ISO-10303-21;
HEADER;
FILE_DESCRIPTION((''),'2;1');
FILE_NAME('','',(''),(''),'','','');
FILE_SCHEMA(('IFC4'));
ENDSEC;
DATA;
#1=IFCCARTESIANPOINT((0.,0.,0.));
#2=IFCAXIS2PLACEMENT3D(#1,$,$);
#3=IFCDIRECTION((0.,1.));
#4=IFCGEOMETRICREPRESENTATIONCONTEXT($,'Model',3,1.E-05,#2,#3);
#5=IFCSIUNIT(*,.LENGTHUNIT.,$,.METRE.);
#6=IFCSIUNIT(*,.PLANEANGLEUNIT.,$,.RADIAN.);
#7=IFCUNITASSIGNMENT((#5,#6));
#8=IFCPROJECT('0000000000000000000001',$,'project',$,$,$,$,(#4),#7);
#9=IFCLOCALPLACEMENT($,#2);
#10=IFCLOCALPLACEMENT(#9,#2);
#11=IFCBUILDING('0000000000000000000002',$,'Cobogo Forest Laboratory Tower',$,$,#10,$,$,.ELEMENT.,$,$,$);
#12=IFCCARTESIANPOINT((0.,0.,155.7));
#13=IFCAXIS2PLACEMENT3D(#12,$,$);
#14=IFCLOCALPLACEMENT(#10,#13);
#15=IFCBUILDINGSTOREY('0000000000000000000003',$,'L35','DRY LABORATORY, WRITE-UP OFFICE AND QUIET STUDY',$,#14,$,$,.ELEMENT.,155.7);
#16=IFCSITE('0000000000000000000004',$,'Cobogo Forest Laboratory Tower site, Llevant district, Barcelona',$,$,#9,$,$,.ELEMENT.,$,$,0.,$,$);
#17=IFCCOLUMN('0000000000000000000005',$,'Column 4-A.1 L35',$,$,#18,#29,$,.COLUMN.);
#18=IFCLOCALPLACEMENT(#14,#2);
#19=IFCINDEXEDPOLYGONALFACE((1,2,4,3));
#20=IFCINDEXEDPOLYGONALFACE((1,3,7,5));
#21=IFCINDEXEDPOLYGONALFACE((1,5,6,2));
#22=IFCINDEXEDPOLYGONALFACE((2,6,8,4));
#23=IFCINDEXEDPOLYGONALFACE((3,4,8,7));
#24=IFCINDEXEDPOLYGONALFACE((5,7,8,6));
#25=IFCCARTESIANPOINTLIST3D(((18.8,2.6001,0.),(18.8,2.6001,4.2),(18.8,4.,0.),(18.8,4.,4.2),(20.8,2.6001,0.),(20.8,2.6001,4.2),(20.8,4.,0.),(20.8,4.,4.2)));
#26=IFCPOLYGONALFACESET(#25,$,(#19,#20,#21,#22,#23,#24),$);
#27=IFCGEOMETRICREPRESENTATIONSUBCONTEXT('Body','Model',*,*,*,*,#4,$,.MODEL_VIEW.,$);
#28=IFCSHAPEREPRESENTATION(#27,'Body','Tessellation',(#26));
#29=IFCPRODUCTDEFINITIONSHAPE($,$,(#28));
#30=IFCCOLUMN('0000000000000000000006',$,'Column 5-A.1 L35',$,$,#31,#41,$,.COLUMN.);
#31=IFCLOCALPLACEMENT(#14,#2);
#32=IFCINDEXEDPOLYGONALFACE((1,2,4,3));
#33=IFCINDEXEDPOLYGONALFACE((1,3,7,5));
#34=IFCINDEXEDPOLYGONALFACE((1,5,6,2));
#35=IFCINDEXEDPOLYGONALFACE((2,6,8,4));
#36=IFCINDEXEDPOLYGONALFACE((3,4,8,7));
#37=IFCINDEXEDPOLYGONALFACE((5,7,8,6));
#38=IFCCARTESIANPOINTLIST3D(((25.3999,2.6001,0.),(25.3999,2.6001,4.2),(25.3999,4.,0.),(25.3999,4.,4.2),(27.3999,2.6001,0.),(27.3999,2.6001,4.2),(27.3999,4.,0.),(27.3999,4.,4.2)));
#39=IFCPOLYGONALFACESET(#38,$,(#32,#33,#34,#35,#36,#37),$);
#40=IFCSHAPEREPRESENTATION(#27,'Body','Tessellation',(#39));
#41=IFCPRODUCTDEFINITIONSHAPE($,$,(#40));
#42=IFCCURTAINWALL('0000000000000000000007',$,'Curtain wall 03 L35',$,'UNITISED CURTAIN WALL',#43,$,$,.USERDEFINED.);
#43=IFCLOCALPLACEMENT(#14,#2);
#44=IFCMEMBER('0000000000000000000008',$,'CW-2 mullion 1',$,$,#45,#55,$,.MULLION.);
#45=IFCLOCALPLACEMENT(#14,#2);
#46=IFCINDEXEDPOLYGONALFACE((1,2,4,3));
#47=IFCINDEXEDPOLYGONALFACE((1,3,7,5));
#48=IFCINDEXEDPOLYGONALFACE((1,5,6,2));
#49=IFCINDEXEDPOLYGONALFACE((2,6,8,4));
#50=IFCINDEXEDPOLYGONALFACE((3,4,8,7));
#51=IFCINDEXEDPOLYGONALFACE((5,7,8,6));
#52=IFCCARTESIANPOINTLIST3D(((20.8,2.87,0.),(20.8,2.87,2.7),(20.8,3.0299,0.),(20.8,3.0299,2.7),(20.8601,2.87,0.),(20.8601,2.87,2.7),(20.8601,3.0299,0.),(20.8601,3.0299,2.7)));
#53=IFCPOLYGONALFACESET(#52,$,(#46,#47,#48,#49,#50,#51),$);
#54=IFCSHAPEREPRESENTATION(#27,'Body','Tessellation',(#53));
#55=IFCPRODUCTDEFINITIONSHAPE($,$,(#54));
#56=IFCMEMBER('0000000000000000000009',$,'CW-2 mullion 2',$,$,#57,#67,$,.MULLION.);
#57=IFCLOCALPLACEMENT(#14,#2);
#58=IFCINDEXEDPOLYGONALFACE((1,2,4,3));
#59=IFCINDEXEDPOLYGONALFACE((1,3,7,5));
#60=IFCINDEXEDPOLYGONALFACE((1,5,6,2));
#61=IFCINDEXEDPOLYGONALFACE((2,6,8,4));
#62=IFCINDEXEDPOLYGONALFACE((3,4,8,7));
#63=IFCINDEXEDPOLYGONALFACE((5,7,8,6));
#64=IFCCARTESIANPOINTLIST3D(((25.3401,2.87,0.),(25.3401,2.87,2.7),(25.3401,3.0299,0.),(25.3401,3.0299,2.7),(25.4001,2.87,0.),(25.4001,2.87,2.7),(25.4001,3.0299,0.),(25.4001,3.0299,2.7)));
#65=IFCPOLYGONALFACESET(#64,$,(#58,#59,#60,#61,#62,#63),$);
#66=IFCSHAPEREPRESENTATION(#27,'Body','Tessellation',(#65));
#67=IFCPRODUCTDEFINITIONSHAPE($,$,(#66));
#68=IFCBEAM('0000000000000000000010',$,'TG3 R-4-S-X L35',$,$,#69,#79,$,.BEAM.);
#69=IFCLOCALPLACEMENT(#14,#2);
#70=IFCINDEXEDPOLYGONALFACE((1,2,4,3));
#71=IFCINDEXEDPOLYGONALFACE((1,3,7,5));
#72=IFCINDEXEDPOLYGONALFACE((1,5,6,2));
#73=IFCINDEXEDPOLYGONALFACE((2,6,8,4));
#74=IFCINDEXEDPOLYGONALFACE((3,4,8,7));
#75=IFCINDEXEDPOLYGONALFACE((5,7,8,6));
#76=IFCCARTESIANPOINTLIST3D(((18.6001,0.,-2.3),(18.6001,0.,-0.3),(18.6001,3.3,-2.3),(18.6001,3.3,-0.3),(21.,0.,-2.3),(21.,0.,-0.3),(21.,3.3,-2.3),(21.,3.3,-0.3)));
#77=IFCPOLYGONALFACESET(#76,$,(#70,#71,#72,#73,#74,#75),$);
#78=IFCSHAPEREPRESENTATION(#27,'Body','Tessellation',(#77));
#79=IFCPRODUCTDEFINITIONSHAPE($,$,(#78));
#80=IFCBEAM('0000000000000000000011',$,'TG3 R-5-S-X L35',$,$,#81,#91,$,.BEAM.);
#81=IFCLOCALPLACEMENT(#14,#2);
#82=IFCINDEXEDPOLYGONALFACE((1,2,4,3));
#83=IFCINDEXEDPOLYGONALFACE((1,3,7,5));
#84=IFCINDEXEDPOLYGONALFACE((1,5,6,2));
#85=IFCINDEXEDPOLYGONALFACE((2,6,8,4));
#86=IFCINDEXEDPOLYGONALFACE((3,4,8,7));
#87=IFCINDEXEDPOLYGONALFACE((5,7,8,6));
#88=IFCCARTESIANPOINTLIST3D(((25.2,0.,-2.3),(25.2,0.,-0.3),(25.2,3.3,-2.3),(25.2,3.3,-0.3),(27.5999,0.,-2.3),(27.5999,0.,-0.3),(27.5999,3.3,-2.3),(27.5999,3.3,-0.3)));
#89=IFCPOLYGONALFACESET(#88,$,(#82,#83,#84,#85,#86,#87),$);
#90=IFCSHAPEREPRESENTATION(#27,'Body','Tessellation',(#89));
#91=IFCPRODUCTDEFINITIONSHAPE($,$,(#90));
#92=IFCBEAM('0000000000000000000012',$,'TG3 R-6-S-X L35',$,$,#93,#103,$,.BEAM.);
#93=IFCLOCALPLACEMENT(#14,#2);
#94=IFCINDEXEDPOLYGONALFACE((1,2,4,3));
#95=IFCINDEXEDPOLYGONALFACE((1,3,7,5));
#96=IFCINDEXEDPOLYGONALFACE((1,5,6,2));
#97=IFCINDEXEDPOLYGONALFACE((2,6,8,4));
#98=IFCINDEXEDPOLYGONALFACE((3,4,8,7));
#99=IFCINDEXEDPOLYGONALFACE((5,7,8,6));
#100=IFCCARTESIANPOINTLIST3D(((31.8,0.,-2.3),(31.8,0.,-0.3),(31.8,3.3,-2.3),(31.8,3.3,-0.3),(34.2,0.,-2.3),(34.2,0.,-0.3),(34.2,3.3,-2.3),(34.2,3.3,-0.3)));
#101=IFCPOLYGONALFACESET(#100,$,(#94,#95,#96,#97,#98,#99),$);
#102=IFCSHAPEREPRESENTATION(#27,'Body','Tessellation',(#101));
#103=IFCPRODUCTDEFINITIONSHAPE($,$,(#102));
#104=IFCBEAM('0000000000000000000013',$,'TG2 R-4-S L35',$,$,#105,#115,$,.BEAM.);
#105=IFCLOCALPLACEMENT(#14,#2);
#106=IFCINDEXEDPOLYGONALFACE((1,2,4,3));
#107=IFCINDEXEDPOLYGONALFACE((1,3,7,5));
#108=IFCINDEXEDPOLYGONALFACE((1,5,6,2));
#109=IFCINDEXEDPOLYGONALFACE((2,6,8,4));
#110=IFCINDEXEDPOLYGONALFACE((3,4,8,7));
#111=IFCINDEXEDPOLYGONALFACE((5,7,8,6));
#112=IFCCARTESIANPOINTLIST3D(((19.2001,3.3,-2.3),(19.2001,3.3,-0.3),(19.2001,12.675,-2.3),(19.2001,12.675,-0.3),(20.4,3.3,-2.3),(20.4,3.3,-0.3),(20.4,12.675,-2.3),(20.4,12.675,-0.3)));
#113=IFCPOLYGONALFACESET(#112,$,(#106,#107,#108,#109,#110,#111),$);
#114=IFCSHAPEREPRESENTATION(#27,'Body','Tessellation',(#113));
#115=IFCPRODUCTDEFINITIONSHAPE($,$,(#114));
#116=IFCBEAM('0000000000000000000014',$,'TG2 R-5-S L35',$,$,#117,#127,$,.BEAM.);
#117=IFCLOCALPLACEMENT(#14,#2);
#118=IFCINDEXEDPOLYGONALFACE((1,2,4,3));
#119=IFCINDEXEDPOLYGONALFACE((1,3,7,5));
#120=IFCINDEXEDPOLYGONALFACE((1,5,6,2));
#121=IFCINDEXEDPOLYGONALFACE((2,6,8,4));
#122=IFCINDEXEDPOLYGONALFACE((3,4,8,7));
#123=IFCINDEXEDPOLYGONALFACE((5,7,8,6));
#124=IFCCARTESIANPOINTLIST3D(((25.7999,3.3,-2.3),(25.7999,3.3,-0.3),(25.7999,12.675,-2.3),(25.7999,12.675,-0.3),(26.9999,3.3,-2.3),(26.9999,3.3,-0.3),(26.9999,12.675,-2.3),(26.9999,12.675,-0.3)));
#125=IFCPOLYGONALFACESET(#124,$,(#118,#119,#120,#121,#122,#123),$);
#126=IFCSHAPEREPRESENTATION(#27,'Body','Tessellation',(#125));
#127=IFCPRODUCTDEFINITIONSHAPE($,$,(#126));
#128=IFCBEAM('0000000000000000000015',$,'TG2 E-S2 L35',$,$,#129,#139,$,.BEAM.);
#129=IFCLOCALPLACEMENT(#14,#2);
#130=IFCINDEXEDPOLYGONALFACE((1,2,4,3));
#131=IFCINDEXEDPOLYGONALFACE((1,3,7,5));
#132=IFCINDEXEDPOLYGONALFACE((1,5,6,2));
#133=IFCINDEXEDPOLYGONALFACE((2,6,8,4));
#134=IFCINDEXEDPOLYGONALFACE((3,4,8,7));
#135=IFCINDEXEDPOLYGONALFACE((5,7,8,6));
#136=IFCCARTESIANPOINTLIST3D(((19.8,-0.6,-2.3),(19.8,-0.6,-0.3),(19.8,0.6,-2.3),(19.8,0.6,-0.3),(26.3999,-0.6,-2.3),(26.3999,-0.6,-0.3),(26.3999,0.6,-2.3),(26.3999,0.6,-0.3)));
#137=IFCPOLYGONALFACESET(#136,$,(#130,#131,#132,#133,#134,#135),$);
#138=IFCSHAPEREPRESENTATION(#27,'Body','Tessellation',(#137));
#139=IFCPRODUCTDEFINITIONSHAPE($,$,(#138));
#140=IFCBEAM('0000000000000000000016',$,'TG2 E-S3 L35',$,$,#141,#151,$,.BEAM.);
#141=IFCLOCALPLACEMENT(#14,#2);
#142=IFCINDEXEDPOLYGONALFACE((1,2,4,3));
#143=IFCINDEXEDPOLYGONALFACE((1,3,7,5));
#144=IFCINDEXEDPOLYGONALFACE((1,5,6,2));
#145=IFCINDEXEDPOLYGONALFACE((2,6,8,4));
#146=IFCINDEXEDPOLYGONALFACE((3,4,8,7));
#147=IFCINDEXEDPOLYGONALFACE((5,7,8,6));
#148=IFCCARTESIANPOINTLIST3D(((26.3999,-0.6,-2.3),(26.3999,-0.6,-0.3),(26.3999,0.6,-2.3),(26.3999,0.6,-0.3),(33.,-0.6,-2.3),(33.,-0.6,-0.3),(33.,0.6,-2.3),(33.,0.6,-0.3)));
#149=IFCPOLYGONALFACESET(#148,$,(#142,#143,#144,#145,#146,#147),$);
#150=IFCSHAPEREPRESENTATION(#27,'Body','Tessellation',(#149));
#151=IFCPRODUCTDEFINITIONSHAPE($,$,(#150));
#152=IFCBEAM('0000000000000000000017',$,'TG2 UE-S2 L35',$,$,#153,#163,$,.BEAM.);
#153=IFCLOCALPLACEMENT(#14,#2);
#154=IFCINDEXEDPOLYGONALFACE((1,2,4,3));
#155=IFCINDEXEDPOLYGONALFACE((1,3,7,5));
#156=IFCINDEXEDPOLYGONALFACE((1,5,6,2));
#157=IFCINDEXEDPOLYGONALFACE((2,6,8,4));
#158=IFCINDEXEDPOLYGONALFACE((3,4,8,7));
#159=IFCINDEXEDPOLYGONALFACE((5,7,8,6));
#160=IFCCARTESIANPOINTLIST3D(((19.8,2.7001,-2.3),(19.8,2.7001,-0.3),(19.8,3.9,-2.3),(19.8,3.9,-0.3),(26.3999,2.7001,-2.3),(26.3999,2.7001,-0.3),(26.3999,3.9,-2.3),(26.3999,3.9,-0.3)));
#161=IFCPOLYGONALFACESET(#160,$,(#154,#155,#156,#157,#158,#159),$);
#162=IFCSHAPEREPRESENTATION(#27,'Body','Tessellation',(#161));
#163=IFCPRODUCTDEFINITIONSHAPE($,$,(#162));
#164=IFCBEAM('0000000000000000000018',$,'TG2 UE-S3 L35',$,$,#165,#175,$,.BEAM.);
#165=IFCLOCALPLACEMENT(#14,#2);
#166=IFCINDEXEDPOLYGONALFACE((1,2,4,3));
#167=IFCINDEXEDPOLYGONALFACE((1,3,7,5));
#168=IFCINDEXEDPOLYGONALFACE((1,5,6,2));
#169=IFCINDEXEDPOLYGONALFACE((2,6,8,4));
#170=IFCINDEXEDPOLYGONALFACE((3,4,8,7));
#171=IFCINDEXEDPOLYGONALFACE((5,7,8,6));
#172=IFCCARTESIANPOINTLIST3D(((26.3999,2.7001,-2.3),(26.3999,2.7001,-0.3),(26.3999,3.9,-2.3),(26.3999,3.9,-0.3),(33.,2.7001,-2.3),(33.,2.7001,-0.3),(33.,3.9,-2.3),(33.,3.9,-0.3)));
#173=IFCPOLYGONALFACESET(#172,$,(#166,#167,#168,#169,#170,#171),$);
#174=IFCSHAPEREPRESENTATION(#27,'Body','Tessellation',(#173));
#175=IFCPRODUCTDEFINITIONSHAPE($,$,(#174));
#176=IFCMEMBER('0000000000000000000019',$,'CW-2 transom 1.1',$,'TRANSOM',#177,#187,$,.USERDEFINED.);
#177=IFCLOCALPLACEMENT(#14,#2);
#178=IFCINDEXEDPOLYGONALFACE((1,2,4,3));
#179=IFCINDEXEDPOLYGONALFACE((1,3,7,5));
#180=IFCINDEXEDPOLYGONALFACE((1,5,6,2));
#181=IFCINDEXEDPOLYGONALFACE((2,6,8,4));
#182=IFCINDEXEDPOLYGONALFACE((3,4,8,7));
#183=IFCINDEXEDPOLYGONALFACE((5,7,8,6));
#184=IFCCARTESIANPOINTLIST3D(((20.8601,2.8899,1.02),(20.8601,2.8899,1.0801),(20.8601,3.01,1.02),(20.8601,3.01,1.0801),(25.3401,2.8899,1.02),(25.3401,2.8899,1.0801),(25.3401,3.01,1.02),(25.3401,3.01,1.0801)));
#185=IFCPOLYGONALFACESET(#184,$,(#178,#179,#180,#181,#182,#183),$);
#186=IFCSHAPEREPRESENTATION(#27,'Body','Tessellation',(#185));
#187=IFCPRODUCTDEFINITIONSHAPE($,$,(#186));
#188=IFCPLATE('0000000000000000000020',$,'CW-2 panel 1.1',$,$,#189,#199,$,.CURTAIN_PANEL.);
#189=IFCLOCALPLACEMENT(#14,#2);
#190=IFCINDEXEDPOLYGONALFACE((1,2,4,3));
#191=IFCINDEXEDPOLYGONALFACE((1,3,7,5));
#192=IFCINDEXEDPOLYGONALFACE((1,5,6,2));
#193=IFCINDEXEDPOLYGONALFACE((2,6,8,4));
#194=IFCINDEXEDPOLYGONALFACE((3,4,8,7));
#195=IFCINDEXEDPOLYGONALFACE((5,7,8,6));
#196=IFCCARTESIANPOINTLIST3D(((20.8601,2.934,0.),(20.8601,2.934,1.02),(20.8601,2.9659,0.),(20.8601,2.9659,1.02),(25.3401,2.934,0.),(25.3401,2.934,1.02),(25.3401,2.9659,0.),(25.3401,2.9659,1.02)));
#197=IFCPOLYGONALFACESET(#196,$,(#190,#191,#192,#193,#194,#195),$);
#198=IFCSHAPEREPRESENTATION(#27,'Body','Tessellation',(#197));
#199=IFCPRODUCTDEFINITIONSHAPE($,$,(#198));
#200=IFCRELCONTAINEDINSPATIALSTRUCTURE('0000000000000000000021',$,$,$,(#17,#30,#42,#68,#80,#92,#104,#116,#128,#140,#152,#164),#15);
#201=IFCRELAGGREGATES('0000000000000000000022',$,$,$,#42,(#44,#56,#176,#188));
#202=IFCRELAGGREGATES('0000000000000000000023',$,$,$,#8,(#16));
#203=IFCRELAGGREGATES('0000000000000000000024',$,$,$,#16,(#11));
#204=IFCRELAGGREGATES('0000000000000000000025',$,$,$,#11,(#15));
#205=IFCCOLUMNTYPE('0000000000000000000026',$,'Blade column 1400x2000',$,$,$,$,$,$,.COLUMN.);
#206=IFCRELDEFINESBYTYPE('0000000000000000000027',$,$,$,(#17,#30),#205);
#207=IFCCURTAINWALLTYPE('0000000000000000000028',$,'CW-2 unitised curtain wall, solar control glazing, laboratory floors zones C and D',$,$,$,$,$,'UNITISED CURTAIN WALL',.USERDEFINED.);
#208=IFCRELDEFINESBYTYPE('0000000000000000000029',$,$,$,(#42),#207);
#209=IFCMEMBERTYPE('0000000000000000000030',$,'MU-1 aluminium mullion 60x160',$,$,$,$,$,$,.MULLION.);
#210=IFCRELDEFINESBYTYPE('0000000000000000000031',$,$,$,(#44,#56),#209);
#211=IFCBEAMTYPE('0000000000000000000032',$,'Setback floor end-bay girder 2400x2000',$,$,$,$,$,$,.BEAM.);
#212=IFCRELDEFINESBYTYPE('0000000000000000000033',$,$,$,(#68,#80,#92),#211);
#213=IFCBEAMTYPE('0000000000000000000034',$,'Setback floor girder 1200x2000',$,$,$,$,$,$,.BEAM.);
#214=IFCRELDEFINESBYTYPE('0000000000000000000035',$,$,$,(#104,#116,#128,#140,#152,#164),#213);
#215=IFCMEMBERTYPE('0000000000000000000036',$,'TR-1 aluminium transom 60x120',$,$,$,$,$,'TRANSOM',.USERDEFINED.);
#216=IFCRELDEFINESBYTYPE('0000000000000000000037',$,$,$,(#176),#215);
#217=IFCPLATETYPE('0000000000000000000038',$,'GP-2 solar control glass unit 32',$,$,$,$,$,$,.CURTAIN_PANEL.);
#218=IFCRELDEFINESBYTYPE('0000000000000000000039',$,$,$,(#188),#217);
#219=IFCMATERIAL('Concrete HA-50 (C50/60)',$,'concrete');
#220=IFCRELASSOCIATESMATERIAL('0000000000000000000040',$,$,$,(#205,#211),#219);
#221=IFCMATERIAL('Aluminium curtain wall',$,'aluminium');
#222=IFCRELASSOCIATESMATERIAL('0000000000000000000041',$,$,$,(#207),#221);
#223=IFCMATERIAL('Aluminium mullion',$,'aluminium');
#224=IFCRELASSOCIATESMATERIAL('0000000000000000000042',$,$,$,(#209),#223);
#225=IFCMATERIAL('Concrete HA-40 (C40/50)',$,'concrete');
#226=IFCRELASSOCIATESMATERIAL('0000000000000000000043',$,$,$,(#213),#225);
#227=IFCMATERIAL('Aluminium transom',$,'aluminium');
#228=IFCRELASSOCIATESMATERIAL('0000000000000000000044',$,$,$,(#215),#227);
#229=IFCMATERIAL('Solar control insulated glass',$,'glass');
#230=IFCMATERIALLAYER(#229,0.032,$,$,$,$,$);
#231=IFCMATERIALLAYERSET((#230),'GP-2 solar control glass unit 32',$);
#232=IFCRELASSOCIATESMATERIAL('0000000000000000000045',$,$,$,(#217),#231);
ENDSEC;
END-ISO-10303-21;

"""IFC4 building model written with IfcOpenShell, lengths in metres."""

from ifc_helpers import new_model, si_unit, direction, frame, origin, origin_2d, place, context, subcontext, project, spatial, rectangle, extrude, material, layer, layer_set, material_profile, profile_set, type_object, element, aggregate, save


model = new_model("IFC4")

# Units and contexts
model_context = context("Model", 3, precision=1e-05, world=origin(), true_north=direction((0.0, 1.0)))
body_context = subcontext(model_context, "Body", "Model", "MODEL_VIEW")
ifc_project = project(units=[si_unit("LENGTHUNIT", "METRE"), si_unit("PLANEANGLEUNIT", "RADIAN")], contexts=[model_context])

# Site, building, storey
site_placement = place(None, origin())
site = spatial("IfcSite", under=ifc_project, at=site_placement, Name="Cobogo Forest Laboratory Tower site, Llevant district, Barcelona", CompositionType="ELEMENT", RefElevation=0.0)
building_placement = place(site_placement, origin())
building = spatial("IfcBuilding", under=site, at=building_placement, Name="Cobogo Forest Laboratory Tower", CompositionType="ELEMENT")
storey_placement = place(building_placement, frame((0.0, 0.0, 155.7)))
storey = spatial("IfcBuildingStorey", under=building, at=storey_placement, Name="L35", Description="DRY LABORATORY, WRITE-UP OFFICE AND QUIET STUDY", CompositionType="ELEMENT", Elevation=155.7)

# Columns
ifc_material_1 = material(Name="Concrete HA-50 (C50/60)", Category="concrete")
ifc_material_profile_1 = material_profile(ifc_material_1, rectangle(XDim=2.0, YDim=1.3999, at=origin_2d()), Name="RC 1400x2000")
ifc_profile_set_1 = profile_set([ifc_material_profile_1], Name="Concrete HA-50 (C50/60)")
column_type = type_object("IfcColumnType", Name="Blade column 1400x2000", PredefinedType="COLUMN", material=ifc_profile_set_1)
for number, where, z_axis, x_axis, name in (
    (1, (19.8, 3.3, 0.0), (0.0, 0.0, 1.0), (1.0, 0.0, 0.0), "Column 4-A.1 L35"),
    (2, (26.3999, 3.3, 0.0), (0.0, 0.0, 1.0), (1.0, 0.0, 0.0), "Column 5-A.1 L35"),
):
    element("IfcColumn", number, at=place(storey_placement, frame(where, z_axis=z_axis, x_axis=x_axis)), inside=storey, type_object=column_type, Name=name, PredefinedType="COLUMN", context=body_context, shape_type="SweptSolid", body=[
        extrude(rectangle(XDim=2.0, YDim=1.3999, at=origin_2d()), origin(), (0.0, 0.0, 1.0), 4.2),
    ])

# Curtain wall, members
ifc_material_2 = material(Name="Aluminium curtain wall", Category="aluminium")
curtain_wall_type = type_object("IfcCurtainWallType", Name="CW-2 unitised curtain wall, solar control glazing, laboratory floors zones C and D", ElementType="UNITISED CURTAIN WALL", PredefinedType="USERDEFINED", material=ifc_material_2)
curtain_wall_placement = place(storey_placement, origin())
curtain_wall = element("IfcCurtainWall", 3, at=curtain_wall_placement, inside=storey, type_object=curtain_wall_type, Name="Curtain wall 03 L35", ObjectType="UNITISED CURTAIN WALL", PredefinedType="USERDEFINED")
ifc_material_3 = material(Name="Aluminium mullion", Category="aluminium")
ifc_material_profile_2 = material_profile(ifc_material_3, rectangle(XDim=0.0601, YDim=0.1599, at=origin_2d()), Name="AL 60x160")
ifc_profile_set_2 = profile_set([ifc_material_profile_2], Name="Aluminium mullion")
member_type_1 = type_object("IfcMemberType", Name="MU-1 aluminium mullion 60x160", PredefinedType="MULLION", material=ifc_profile_set_2)
member_1_placement = place(storey_placement, frame((20.8301, 2.95, 0.0), z_axis=(0.0, 0.0, 1.0), x_axis=(1.0, 0.0, 0.0)))
member_1 = element("IfcMember", 4, at=member_1_placement, type_object=member_type_1, Name="CW-2 mullion 1", PredefinedType="MULLION", context=body_context, shape_type="SweptSolid", body=[
    extrude(rectangle(XDim=0.0601, YDim=0.1599, at=origin_2d()), origin(), (0.0, 0.0, 1.0), 2.7),
])
member_2_placement = place(storey_placement, frame((25.3701, 2.95, 0.0), z_axis=(0.0, 0.0, 1.0), x_axis=(1.0, 0.0, 0.0)))
member_2 = element("IfcMember", 5, at=member_2_placement, type_object=member_type_1, Name="CW-2 mullion 2", PredefinedType="MULLION", context=body_context, shape_type="SweptSolid", body=[
    extrude(rectangle(XDim=0.0601, YDim=0.1599, at=origin_2d()), origin(), (0.0, 0.0, 1.0), 2.7),
])

# Beams
ifc_material_profile_3 = material_profile(ifc_material_1, rectangle(XDim=2.3999, YDim=2.0, at=origin_2d()), Name="RC 2400x2000")
ifc_profile_set_3 = profile_set([ifc_material_profile_3], Name="Concrete HA-50 (C50/60)")
beam_type_1 = type_object("IfcBeamType", Name="Setback floor end-bay girder 2400x2000", PredefinedType="BEAM", material=ifc_profile_set_3)
for number, where, z_axis, x_axis, name in (
    (6, (19.8, 0.0, -1.3), (0.0, 1.0, 0.0), (-1.0, 0.0, 0.0), "TG3 R-4-S-X L35"),
    (7, (26.3999, 0.0, -1.3), (0.0, 1.0, 0.0), (-1.0, 0.0, 0.0), "TG3 R-5-S-X L35"),
    (8, (33.0, 0.0, -1.3), (0.0, 1.0, 0.0), (-1.0, 0.0, 0.0), "TG3 R-6-S-X L35"),
):
    element("IfcBeam", number, at=place(storey_placement, frame(where, z_axis=z_axis, x_axis=x_axis)), inside=storey, type_object=beam_type_1, Name=name, PredefinedType="BEAM", context=body_context, shape_type="SweptSolid", body=[
        extrude(rectangle(XDim=2.3999, YDim=2.0, at=origin_2d()), origin(), (0.0, 0.0, 1.0), 3.3),
    ])
ifc_material_4 = material(Name="Concrete HA-40 (C40/50)", Category="concrete")
ifc_material_profile_4 = material_profile(ifc_material_4, rectangle(XDim=1.2, YDim=2.0, at=origin_2d()), Name="RC 1200x2000")
ifc_profile_set_4 = profile_set([ifc_material_profile_4], Name="Concrete HA-40 (C40/50)")
beam_type_2 = type_object("IfcBeamType", Name="Setback floor girder 1200x2000", PredefinedType="BEAM", material=ifc_profile_set_4)
for number, where, z_axis, x_axis, name in (
    (9, (19.8, 12.675, -1.3), (0.0, -1.0, 0.0), (1.0, 0.0, 0.0), "TG2 R-4-S L35"),
    (10, (26.3999, 12.675, -1.3), (0.0, -1.0, 0.0), (1.0, 0.0, 0.0), "TG2 R-5-S L35"),
):
    element("IfcBeam", number, at=place(storey_placement, frame(where, z_axis=z_axis, x_axis=x_axis)), inside=storey, type_object=beam_type_2, Name=name, PredefinedType="BEAM", context=body_context, shape_type="SweptSolid", body=[
        extrude(rectangle(XDim=1.2, YDim=2.0, at=origin_2d()), origin(), (0.0, 0.0, 1.0), 9.375),
    ])
beam_1_placement = place(storey_placement, frame((19.8, 0.0, -1.3), z_axis=(1.0, 0.0, 0.0), x_axis=(0.0, 1.0, 0.0)))
element("IfcBeam", 11, at=beam_1_placement, inside=storey, type_object=beam_type_2, Name="TG2 E-S2 L35", PredefinedType="BEAM", context=body_context, shape_type="SweptSolid", body=[
    extrude(rectangle(XDim=1.2, YDim=2.0, at=origin_2d()), origin(), (0.0, 0.0, 1.0), 6.5999),
])
beam_2_placement = place(storey_placement, frame((26.3999, 0.0, -1.3), z_axis=(1.0, 0.0, 0.0), x_axis=(0.0, 1.0, 0.0)))
element("IfcBeam", 12, at=beam_2_placement, inside=storey, type_object=beam_type_2, Name="TG2 E-S3 L35", PredefinedType="BEAM", context=body_context, shape_type="SweptSolid", body=[
    extrude(rectangle(XDim=1.2, YDim=2.0, at=origin_2d()), origin(), (0.0, 0.0, 1.0), 6.6001),
])
beam_3_placement = place(storey_placement, frame((19.8, 3.3, -1.3), z_axis=(1.0, 0.0, 0.0), x_axis=(0.0, 1.0, 0.0)))
element("IfcBeam", 13, at=beam_3_placement, inside=storey, type_object=beam_type_2, Name="TG2 UE-S2 L35", PredefinedType="BEAM", context=body_context, shape_type="SweptSolid", body=[
    extrude(rectangle(XDim=1.2, YDim=2.0, at=origin_2d()), origin(), (0.0, 0.0, 1.0), 6.5999),
])
beam_4_placement = place(storey_placement, frame((26.3999, 3.3, -1.3), z_axis=(1.0, 0.0, 0.0), x_axis=(0.0, 1.0, 0.0)))
element("IfcBeam", 14, at=beam_4_placement, inside=storey, type_object=beam_type_2, Name="TG2 UE-S3 L35", PredefinedType="BEAM", context=body_context, shape_type="SweptSolid", body=[
    extrude(rectangle(XDim=1.2, YDim=2.0, at=origin_2d()), origin(), (0.0, 0.0, 1.0), 6.6001),
])

# Member
ifc_material_5 = material(Name="Aluminium transom", Category="aluminium")
ifc_material_profile_5 = material_profile(ifc_material_5, rectangle(XDim=0.1201, YDim=0.0601, at=origin_2d()), Name="AL 60x120")
ifc_profile_set_5 = profile_set([ifc_material_profile_5], Name="Aluminium transom")
member_type_2 = type_object("IfcMemberType", Name="TR-1 aluminium transom 60x120", ElementType="TRANSOM", PredefinedType="USERDEFINED", material=ifc_profile_set_5)
member_3_placement = place(storey_placement, frame((20.8601, 2.95, 1.05), z_axis=(1.0, 0.0, 0.0), x_axis=(0.0, 1.0, 0.0)))
member_3 = element("IfcMember", 15, at=member_3_placement, type_object=member_type_2, Name="CW-2 transom 1.1", ObjectType="TRANSOM", PredefinedType="USERDEFINED", context=body_context, shape_type="SweptSolid", body=[
    extrude(rectangle(XDim=0.1201, YDim=0.0601, at=origin_2d()), origin(), (0.0, 0.0, 1.0), 4.48),
])

# Plate
ifc_material_6 = material(Name="Solar control insulated glass", Category="glass")
ifc_layer_1 = layer(ifc_material_6, 0.032)
ifc_layer_set_1 = layer_set([ifc_layer_1], Name="GP-2 solar control glass unit 32")
plate_type_1 = type_object("IfcPlateType", Name="GP-2 solar control glass unit 32", PredefinedType="CURTAIN_PANEL", material=ifc_layer_set_1)
plate_1_placement = place(storey_placement, frame((23.1001, 2.95, 0.0), z_axis=(0.0, 0.0, 1.0), x_axis=(1.0, 0.0, 0.0)))
plate_1 = element("IfcPlate", 16, at=plate_1_placement, type_object=plate_type_1, Name="CW-2 panel 1.1", PredefinedType="CURTAIN_PANEL", context=body_context, shape_type="SweptSolid", body=[
    extrude(rectangle(XDim=4.48, YDim=0.032, at=origin_2d()), origin(), (0.0, 0.0, 1.0), 1.02),
])
aggregate(curtain_wall, [member_1, member_2, member_3, plate_1])

save(model, "model.ifc")
